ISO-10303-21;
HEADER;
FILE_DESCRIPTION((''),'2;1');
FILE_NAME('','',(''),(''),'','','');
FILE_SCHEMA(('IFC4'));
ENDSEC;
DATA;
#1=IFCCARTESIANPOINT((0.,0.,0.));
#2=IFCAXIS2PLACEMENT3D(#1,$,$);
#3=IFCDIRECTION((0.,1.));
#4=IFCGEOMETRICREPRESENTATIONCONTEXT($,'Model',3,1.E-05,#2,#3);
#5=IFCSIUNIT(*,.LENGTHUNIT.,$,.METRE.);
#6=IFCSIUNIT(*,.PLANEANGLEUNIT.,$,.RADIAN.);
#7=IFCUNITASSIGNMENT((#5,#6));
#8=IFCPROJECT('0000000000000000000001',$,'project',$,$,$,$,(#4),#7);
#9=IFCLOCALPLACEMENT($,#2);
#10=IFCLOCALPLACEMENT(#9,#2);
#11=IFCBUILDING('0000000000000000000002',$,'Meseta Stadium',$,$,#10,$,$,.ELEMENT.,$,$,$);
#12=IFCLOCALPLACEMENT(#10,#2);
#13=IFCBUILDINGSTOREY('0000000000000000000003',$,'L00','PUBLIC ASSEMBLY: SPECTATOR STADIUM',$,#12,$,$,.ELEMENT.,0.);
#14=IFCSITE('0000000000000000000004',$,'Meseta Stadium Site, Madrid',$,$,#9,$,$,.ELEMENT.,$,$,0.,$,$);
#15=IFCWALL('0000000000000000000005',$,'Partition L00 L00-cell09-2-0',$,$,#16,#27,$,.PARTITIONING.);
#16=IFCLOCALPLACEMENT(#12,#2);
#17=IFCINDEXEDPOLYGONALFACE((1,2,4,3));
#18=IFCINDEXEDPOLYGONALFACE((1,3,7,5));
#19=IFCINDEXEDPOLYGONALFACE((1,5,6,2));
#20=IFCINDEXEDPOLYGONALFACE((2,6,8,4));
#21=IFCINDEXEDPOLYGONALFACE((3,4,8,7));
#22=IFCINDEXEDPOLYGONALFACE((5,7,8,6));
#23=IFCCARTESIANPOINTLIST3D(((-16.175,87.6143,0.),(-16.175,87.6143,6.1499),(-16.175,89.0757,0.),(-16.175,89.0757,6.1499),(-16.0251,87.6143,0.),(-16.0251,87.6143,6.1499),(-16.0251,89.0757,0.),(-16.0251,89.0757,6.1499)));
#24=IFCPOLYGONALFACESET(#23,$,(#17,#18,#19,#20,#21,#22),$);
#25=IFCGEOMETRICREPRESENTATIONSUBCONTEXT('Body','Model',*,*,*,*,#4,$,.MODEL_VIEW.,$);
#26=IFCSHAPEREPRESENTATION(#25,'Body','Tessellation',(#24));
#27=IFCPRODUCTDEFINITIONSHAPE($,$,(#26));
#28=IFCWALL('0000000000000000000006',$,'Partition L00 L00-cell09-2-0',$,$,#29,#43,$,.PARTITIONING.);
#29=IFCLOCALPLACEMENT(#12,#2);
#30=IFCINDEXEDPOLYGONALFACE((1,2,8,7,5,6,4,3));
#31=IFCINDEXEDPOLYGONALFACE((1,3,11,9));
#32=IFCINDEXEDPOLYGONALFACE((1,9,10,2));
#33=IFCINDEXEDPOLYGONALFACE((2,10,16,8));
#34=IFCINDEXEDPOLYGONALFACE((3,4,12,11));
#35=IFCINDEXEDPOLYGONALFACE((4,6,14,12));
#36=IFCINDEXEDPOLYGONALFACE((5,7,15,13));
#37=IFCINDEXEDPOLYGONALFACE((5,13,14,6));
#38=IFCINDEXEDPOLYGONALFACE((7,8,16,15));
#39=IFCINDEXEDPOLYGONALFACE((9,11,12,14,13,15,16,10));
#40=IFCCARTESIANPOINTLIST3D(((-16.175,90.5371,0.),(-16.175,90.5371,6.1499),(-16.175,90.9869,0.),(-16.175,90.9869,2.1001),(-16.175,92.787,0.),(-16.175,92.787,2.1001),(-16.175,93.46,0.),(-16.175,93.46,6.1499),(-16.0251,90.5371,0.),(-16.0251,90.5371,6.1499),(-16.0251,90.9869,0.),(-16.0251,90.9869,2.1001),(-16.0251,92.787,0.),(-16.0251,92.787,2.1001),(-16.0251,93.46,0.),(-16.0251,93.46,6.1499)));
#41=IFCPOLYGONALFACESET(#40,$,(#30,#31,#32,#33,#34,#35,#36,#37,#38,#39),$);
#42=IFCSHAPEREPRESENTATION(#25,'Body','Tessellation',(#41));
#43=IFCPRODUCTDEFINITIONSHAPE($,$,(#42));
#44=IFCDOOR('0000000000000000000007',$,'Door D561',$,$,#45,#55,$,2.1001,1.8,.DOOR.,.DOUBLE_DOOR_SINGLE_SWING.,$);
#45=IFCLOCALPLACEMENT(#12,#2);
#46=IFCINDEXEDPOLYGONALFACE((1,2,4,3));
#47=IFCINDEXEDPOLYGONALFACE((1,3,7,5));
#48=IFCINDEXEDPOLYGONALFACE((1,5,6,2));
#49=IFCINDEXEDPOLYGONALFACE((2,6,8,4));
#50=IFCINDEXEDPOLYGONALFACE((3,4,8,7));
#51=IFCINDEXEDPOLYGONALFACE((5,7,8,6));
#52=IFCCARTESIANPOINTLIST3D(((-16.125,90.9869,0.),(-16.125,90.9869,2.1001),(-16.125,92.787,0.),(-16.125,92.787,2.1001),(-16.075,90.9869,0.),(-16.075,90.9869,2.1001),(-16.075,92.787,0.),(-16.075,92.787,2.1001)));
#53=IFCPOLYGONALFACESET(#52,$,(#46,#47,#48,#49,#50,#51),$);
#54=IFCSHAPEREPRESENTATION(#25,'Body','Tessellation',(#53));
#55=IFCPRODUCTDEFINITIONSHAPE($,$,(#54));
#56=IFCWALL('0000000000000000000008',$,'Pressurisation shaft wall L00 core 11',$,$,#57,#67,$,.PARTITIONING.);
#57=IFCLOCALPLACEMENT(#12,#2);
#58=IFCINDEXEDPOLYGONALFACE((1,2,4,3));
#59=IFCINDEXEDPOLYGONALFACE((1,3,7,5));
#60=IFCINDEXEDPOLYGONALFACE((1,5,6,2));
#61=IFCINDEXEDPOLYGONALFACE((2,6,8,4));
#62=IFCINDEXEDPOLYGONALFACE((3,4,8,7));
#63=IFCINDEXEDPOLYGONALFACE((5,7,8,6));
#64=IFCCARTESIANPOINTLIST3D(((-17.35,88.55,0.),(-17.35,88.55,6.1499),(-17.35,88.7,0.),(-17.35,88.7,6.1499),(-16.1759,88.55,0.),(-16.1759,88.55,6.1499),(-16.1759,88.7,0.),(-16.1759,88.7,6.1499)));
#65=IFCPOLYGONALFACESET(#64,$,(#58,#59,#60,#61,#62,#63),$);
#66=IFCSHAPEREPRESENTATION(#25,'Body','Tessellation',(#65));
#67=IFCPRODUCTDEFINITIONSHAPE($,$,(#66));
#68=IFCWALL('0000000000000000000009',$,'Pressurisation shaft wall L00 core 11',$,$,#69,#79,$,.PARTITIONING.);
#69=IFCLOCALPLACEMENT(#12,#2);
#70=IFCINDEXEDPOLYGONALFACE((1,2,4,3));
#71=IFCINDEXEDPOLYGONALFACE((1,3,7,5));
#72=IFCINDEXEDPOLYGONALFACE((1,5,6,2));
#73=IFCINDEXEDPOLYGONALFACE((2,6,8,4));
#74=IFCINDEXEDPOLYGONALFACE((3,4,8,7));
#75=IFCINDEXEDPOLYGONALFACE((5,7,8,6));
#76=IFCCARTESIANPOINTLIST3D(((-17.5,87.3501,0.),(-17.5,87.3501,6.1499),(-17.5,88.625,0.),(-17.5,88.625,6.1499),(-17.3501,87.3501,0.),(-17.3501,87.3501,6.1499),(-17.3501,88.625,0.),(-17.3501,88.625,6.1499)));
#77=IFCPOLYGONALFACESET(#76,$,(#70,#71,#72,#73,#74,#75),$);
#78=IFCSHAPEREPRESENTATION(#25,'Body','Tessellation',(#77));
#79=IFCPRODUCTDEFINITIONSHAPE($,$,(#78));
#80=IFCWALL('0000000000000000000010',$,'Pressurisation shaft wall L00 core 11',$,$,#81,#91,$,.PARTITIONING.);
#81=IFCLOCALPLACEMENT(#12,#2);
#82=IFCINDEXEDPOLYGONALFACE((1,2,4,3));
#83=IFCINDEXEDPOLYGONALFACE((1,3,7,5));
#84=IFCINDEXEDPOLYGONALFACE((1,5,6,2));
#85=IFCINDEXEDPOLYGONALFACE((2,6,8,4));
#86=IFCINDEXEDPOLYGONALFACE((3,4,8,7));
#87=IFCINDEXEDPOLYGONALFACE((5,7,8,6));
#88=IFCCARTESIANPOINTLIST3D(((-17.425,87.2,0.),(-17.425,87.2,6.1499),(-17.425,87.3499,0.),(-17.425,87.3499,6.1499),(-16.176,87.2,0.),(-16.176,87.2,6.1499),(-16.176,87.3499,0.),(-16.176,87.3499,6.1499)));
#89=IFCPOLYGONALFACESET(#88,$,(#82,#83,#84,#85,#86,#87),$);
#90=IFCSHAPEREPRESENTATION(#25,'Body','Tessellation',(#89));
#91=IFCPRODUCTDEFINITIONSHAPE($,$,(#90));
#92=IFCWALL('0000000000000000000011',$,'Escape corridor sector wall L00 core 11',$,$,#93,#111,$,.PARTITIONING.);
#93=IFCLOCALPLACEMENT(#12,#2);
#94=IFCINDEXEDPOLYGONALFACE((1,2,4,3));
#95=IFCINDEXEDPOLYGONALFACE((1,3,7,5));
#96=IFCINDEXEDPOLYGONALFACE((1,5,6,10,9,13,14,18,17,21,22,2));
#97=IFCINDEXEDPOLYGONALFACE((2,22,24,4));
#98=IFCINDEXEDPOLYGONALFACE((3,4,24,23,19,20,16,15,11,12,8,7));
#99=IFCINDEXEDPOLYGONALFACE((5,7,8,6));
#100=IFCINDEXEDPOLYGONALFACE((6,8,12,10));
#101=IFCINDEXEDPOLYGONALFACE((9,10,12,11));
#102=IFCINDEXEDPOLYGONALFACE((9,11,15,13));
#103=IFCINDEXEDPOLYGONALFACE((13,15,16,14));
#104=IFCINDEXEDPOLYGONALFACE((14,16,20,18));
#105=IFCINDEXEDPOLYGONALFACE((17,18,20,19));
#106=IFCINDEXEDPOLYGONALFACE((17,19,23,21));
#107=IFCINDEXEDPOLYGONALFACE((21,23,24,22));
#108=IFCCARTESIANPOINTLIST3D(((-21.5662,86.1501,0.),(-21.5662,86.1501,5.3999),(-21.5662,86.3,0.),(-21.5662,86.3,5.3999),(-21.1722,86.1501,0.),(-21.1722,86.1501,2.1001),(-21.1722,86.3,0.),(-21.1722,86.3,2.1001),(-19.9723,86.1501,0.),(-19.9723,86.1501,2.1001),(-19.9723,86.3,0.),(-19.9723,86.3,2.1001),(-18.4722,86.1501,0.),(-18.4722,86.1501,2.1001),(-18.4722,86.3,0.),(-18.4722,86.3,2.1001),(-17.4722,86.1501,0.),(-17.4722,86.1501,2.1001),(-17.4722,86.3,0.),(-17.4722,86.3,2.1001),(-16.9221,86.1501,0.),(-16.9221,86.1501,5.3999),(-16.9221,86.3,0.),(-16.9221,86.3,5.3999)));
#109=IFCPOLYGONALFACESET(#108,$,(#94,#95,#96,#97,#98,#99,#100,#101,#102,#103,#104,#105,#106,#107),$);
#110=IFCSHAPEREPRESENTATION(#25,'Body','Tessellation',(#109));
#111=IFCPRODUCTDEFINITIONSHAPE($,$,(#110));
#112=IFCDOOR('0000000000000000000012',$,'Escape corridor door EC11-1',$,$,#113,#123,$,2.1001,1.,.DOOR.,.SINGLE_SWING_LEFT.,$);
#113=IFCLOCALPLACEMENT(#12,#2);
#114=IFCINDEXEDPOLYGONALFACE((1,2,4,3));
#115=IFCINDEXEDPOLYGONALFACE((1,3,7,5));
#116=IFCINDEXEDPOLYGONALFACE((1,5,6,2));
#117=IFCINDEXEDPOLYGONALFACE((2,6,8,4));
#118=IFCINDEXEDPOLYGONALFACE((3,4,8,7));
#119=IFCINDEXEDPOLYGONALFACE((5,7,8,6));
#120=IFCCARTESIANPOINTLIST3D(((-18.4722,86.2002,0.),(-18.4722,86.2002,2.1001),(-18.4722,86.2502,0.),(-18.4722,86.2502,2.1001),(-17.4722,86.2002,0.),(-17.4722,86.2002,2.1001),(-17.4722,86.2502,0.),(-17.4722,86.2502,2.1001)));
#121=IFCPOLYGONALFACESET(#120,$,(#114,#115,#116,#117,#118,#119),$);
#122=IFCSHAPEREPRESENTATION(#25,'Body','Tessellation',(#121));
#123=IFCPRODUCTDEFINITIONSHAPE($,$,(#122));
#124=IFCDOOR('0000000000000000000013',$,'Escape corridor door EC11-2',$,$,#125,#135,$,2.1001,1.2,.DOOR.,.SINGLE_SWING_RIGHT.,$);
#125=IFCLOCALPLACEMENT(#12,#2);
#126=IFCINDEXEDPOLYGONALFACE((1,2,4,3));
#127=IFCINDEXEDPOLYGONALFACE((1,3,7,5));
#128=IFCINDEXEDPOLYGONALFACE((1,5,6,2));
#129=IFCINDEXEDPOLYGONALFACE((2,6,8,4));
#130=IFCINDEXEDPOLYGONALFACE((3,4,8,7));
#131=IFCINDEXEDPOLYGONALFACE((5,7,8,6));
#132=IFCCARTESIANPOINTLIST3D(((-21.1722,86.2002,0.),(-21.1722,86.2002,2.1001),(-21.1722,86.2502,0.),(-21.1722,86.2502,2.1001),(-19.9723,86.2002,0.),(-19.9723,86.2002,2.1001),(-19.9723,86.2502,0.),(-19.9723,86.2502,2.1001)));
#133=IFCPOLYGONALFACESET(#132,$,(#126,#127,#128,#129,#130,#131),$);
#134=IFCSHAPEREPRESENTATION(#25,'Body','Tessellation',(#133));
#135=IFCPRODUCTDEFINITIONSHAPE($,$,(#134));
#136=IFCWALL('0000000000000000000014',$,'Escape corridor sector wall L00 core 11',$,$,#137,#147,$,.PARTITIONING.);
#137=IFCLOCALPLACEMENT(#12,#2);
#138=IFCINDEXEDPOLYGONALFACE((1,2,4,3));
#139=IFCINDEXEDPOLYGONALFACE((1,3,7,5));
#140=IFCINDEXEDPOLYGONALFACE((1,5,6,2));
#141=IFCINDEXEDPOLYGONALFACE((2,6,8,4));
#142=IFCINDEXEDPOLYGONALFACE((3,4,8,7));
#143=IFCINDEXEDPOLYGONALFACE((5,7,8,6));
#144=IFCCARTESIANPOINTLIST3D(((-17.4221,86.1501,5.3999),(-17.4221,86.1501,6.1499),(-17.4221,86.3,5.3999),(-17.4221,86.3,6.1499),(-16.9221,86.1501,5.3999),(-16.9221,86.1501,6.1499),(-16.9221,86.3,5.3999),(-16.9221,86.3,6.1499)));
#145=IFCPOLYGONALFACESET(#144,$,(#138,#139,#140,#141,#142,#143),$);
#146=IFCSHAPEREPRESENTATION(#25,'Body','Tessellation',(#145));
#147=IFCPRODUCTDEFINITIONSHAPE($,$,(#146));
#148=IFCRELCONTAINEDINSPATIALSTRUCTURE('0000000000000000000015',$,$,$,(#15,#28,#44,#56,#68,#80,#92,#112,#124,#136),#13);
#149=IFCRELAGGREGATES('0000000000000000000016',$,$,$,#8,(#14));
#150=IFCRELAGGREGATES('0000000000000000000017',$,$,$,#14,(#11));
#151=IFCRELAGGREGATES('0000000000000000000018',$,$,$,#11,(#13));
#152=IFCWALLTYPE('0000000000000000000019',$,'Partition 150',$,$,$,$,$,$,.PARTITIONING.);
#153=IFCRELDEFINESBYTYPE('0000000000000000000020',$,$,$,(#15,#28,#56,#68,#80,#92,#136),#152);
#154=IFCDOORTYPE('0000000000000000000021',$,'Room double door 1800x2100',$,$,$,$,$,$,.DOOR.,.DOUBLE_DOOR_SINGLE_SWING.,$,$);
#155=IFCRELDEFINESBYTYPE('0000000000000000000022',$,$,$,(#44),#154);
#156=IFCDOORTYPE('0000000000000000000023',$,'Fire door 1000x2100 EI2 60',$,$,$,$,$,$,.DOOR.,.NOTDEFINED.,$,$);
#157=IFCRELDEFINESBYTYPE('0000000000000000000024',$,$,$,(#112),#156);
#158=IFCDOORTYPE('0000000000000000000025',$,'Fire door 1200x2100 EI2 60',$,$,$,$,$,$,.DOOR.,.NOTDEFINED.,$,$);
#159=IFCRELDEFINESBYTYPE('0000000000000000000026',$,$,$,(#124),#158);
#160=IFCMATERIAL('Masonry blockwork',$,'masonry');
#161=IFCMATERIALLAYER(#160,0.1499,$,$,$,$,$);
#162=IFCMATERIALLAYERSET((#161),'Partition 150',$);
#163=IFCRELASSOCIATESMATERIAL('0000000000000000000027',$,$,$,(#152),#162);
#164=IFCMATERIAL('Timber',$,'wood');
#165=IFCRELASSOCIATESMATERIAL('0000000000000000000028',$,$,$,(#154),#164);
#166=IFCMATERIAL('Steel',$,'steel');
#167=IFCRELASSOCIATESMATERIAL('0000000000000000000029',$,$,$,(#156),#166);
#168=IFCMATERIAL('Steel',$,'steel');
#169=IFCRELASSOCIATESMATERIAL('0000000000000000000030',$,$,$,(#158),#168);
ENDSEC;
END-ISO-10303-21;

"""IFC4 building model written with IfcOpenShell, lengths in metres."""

from ifc_helpers import new_model, si_unit, direction, frame, frame_2d, origin, place, context, subcontext, project, spatial, rectangle, extrude, material, layer, layer_set, type_object, element, fill, save


model = new_model("IFC4")

# Units and contexts
model_context = context("Model", 3, precision=1e-05, world=origin(), true_north=direction((0.0, 1.0)))
body_context = subcontext(model_context, "Body", "Model", "MODEL_VIEW")
ifc_project = project(units=[si_unit("LENGTHUNIT", "METRE"), si_unit("PLANEANGLEUNIT", "RADIAN")], contexts=[model_context])

# Site, building, storey
site_placement = place(None, origin())
site = spatial("IfcSite", under=ifc_project, at=site_placement, Name="Meseta Stadium Site, Madrid", CompositionType="ELEMENT", RefElevation=0.0)
building_placement = place(site_placement, origin())
building = spatial("IfcBuilding", under=site, at=building_placement, Name="Meseta Stadium", CompositionType="ELEMENT")
storey_placement = place(building_placement, origin())
storey = spatial("IfcBuildingStorey", under=building, at=storey_placement, Name="L00", Description="PUBLIC ASSEMBLY: SPECTATOR STADIUM", CompositionType="ELEMENT", Elevation=0.0)

# Wall
ifc_material_1 = material(Name="Masonry blockwork", Category="masonry")
ifc_layer = layer(ifc_material_1, 0.1499)
ifc_layer_set = layer_set([ifc_layer], Name="Partition 150")
wall_type = type_object("IfcWallType", Name="Partition 150", PredefinedType="PARTITIONING", material=ifc_layer_set)
wall_1_placement = place(storey_placement, frame((-16.1001, 87.6143, 0.0), z_axis=(0.0, 0.0, 1.0), x_axis=(0.0, 1.0, 0.0)))
element("IfcWall", 1, at=wall_1_placement, inside=storey, type_object=wall_type, Name="Partition L00 L00-cell09-2-0", PredefinedType="PARTITIONING", context=body_context, shape_type="SweptSolid", body=[
    extrude(rectangle(XDim=1.4614, YDim=0.1499, at=frame_2d((0.7307, 0.0))), origin(), (0.0, 0.0, 1.0), 6.1499),
])

# Wall, opening, door
wall_2_placement = place(storey_placement, frame((-16.1001, 90.5371, 0.0), z_axis=(0.0, 0.0, 1.0), x_axis=(0.0, 1.0, 0.0)))
wall_2 = element("IfcWall", 2, at=wall_2_placement, inside=storey, type_object=wall_type, Name="Partition L00 L00-cell09-2-0", PredefinedType="PARTITIONING", context=body_context, shape_type="SweptSolid", body=[
    extrude(rectangle(XDim=2.9229, YDim=0.1499, at=frame_2d((1.4614, 0.0))), origin(), (0.0, 0.0, 1.0), 6.1499),
])
opening_1_placement = place(wall_2_placement, frame((0.45, 0.0, 0.0)))
opening_1 = element("IfcOpeningElement", 3, at=opening_1_placement, cuts=wall_2, PredefinedType="OPENING", context=body_context, shape_type="SweptSolid", body=[
    extrude(rectangle(XDim=1.8, YDim=2.1001, at=frame_2d((0.8999, 1.05))), frame((0.0, 0.085, 0.0), z_axis=(0.0, -1.0, 0.0), x_axis=(1.0, 0.0, 0.0)), (0.0, 0.0, 1.0), 0.1699),
])
ifc_material_2 = material(Name="Timber", Category="wood")
door_type_1 = type_object("IfcDoorType", Name="Room double door 1800x2100", OperationType="DOUBLE_DOOR_SINGLE_SWING", PredefinedType="DOOR", material=ifc_material_2)
door_1_placement = place(opening_1_placement, origin())
door_1 = element("IfcDoor", 4, at=door_1_placement, inside=storey, type_object=door_type_1, Name="Door D561", OperationType="DOUBLE_DOOR_SINGLE_SWING", OverallHeight=2.1001, OverallWidth=1.8, PredefinedType="DOOR", context=body_context, shape_type="SweptSolid", body=[
    extrude(rectangle(XDim=1.8, YDim=2.1001, at=frame_2d((0.8999, 1.05))), frame((0.0, 0.0249, 0.0), z_axis=(0.0, -1.0, 0.0), x_axis=(1.0, 0.0, 0.0)), (0.0, 0.0, 1.0), 0.05),
])
fill(opening_1, door_1)

# Walls
wall_3_placement = place(storey_placement, frame((-16.176, 88.625, 0.0), z_axis=(0.0, 0.0, 1.0), x_axis=(-1.0, 0.0, 0.0)))
element("IfcWall", 5, at=wall_3_placement, inside=storey, type_object=wall_type, Name="Pressurisation shaft wall L00 core 11", PredefinedType="PARTITIONING", context=body_context, shape_type="SweptSolid", body=[
    extrude(rectangle(XDim=1.1741, YDim=0.1499, at=frame_2d((0.5869, 0.0))), origin(), (0.0, 0.0, 1.0), 6.1499),
])
wall_4_placement = place(storey_placement, frame((-17.425, 88.625, 0.0), z_axis=(0.0, 0.0, 1.0), x_axis=(0.0, -1.0, 0.0)))
element("IfcWall", 6, at=wall_4_placement, inside=storey, type_object=wall_type, Name="Pressurisation shaft wall L00 core 11", PredefinedType="PARTITIONING", context=body_context, shape_type="SweptSolid", body=[
    extrude(rectangle(XDim=1.2749, YDim=0.1499, at=frame_2d((0.6375, 0.0))), origin(), (0.0, 0.0, 1.0), 6.1499),
])
wall_5_placement = place(storey_placement, frame((-17.425, 87.2749, 0.0), z_axis=(0.0, 0.0, 1.0), x_axis=(1.0, 0.0, 0.0)))
element("IfcWall", 7, at=wall_5_placement, inside=storey, type_object=wall_type, Name="Pressurisation shaft wall L00 core 11", PredefinedType="PARTITIONING", context=body_context, shape_type="SweptSolid", body=[
    extrude(rectangle(XDim=1.249, YDim=0.1499, at=frame_2d((0.6245, 0.0))), origin(), (0.0, 0.0, 1.0), 6.1499),
])

# Wall, openings, doors
wall_6_placement = place(storey_placement, frame((-16.9221, 86.2251, 0.0), z_axis=(0.0, 0.0, 1.0), x_axis=(-1.0, 0.0, 0.0)))
wall_6 = element("IfcWall", 8, at=wall_6_placement, inside=storey, type_object=wall_type, Name="Escape corridor sector wall L00 core 11", PredefinedType="PARTITIONING", context=body_context, shape_type="SweptSolid", body=[
    extrude(rectangle(XDim=4.644, YDim=0.1499, at=frame_2d((2.322, 0.0))), origin(), (0.0, 0.0, 1.0), 5.3999),
])
opening_2_placement = place(wall_6_placement, frame((0.55, 0.0, 0.0)))
opening_2 = element("IfcOpeningElement", 9, at=opening_2_placement, cuts=wall_6, PredefinedType="OPENING", context=body_context, shape_type="SweptSolid", body=[
    extrude(rectangle(XDim=1.0, YDim=2.1001, at=frame_2d((0.5, 1.05))), frame((0.0, 0.085, 0.0), z_axis=(0.0, -1.0, 0.0), x_axis=(1.0, 0.0, 0.0)), (0.0, 0.0, 1.0), 0.1699),
])
opening_3_placement = place(wall_6_placement, frame((3.05, 0.0, 0.0)))
opening_3 = element("IfcOpeningElement", 10, at=opening_3_placement, cuts=wall_6, PredefinedType="OPENING", context=body_context, shape_type="SweptSolid", body=[
    extrude(rectangle(XDim=1.2, YDim=2.1001, at=frame_2d((0.6001, 1.05))), frame((0.0, 0.085, 0.0), z_axis=(0.0, -1.0, 0.0), x_axis=(1.0, 0.0, 0.0)), (0.0, 0.0, 1.0), 0.1699),
])
ifc_material_3 = material(Name="Steel", Category="steel")
door_type_2 = type_object("IfcDoorType", Name="Fire door 1000x2100 EI2 60", OperationType="NOTDEFINED", PredefinedType="DOOR", material=ifc_material_3)
door_2_placement = place(opening_2_placement, origin())
door_2 = element("IfcDoor", 11, at=door_2_placement, inside=storey, type_object=door_type_2, Name="Escape corridor door EC11-1", OperationType="SINGLE_SWING_LEFT", OverallHeight=2.1001, OverallWidth=1.0, PredefinedType="DOOR", context=body_context, shape_type="SweptSolid", body=[
    extrude(rectangle(XDim=1.0, YDim=2.1001, at=frame_2d((0.5, 1.05))), frame((0.0, 0.0249, 0.0), z_axis=(0.0, -1.0, 0.0), x_axis=(1.0, 0.0, 0.0)), (0.0, 0.0, 1.0), 0.05),
])
fill(opening_2, door_2)
ifc_material_4 = material(Name="Steel", Category="steel")
door_type_3 = type_object("IfcDoorType", Name="Fire door 1200x2100 EI2 60", OperationType="NOTDEFINED", PredefinedType="DOOR", material=ifc_material_4)
door_3_placement = place(opening_3_placement, origin())
door_3 = element("IfcDoor", 12, at=door_3_placement, inside=storey, type_object=door_type_3, Name="Escape corridor door EC11-2", OperationType="SINGLE_SWING_RIGHT", OverallHeight=2.1001, OverallWidth=1.2, PredefinedType="DOOR", context=body_context, shape_type="SweptSolid", body=[
    extrude(rectangle(XDim=1.2, YDim=2.1001, at=frame_2d((0.6001, 1.05))), frame((0.0, 0.0249, 0.0), z_axis=(0.0, -1.0, 0.0), x_axis=(1.0, 0.0, 0.0)), (0.0, 0.0, 1.0), 0.05),
])
fill(opening_3, door_3)

# Wall
wall_7_placement = place(storey_placement, frame((-16.9221, 86.2251, 5.3999), z_axis=(0.0, 0.0, 1.0), x_axis=(-1.0, 0.0, 0.0)))
element("IfcWall", 13, at=wall_7_placement, inside=storey, type_object=wall_type, Name="Escape corridor sector wall L00 core 11", PredefinedType="PARTITIONING", context=body_context, shape_type="SweptSolid", body=[
    extrude(rectangle(XDim=0.5, YDim=0.1499, at=frame_2d((0.25, 0.0))), origin(), (0.0, 0.0, 1.0), 0.75),
])

save(model, "model.ifc")
